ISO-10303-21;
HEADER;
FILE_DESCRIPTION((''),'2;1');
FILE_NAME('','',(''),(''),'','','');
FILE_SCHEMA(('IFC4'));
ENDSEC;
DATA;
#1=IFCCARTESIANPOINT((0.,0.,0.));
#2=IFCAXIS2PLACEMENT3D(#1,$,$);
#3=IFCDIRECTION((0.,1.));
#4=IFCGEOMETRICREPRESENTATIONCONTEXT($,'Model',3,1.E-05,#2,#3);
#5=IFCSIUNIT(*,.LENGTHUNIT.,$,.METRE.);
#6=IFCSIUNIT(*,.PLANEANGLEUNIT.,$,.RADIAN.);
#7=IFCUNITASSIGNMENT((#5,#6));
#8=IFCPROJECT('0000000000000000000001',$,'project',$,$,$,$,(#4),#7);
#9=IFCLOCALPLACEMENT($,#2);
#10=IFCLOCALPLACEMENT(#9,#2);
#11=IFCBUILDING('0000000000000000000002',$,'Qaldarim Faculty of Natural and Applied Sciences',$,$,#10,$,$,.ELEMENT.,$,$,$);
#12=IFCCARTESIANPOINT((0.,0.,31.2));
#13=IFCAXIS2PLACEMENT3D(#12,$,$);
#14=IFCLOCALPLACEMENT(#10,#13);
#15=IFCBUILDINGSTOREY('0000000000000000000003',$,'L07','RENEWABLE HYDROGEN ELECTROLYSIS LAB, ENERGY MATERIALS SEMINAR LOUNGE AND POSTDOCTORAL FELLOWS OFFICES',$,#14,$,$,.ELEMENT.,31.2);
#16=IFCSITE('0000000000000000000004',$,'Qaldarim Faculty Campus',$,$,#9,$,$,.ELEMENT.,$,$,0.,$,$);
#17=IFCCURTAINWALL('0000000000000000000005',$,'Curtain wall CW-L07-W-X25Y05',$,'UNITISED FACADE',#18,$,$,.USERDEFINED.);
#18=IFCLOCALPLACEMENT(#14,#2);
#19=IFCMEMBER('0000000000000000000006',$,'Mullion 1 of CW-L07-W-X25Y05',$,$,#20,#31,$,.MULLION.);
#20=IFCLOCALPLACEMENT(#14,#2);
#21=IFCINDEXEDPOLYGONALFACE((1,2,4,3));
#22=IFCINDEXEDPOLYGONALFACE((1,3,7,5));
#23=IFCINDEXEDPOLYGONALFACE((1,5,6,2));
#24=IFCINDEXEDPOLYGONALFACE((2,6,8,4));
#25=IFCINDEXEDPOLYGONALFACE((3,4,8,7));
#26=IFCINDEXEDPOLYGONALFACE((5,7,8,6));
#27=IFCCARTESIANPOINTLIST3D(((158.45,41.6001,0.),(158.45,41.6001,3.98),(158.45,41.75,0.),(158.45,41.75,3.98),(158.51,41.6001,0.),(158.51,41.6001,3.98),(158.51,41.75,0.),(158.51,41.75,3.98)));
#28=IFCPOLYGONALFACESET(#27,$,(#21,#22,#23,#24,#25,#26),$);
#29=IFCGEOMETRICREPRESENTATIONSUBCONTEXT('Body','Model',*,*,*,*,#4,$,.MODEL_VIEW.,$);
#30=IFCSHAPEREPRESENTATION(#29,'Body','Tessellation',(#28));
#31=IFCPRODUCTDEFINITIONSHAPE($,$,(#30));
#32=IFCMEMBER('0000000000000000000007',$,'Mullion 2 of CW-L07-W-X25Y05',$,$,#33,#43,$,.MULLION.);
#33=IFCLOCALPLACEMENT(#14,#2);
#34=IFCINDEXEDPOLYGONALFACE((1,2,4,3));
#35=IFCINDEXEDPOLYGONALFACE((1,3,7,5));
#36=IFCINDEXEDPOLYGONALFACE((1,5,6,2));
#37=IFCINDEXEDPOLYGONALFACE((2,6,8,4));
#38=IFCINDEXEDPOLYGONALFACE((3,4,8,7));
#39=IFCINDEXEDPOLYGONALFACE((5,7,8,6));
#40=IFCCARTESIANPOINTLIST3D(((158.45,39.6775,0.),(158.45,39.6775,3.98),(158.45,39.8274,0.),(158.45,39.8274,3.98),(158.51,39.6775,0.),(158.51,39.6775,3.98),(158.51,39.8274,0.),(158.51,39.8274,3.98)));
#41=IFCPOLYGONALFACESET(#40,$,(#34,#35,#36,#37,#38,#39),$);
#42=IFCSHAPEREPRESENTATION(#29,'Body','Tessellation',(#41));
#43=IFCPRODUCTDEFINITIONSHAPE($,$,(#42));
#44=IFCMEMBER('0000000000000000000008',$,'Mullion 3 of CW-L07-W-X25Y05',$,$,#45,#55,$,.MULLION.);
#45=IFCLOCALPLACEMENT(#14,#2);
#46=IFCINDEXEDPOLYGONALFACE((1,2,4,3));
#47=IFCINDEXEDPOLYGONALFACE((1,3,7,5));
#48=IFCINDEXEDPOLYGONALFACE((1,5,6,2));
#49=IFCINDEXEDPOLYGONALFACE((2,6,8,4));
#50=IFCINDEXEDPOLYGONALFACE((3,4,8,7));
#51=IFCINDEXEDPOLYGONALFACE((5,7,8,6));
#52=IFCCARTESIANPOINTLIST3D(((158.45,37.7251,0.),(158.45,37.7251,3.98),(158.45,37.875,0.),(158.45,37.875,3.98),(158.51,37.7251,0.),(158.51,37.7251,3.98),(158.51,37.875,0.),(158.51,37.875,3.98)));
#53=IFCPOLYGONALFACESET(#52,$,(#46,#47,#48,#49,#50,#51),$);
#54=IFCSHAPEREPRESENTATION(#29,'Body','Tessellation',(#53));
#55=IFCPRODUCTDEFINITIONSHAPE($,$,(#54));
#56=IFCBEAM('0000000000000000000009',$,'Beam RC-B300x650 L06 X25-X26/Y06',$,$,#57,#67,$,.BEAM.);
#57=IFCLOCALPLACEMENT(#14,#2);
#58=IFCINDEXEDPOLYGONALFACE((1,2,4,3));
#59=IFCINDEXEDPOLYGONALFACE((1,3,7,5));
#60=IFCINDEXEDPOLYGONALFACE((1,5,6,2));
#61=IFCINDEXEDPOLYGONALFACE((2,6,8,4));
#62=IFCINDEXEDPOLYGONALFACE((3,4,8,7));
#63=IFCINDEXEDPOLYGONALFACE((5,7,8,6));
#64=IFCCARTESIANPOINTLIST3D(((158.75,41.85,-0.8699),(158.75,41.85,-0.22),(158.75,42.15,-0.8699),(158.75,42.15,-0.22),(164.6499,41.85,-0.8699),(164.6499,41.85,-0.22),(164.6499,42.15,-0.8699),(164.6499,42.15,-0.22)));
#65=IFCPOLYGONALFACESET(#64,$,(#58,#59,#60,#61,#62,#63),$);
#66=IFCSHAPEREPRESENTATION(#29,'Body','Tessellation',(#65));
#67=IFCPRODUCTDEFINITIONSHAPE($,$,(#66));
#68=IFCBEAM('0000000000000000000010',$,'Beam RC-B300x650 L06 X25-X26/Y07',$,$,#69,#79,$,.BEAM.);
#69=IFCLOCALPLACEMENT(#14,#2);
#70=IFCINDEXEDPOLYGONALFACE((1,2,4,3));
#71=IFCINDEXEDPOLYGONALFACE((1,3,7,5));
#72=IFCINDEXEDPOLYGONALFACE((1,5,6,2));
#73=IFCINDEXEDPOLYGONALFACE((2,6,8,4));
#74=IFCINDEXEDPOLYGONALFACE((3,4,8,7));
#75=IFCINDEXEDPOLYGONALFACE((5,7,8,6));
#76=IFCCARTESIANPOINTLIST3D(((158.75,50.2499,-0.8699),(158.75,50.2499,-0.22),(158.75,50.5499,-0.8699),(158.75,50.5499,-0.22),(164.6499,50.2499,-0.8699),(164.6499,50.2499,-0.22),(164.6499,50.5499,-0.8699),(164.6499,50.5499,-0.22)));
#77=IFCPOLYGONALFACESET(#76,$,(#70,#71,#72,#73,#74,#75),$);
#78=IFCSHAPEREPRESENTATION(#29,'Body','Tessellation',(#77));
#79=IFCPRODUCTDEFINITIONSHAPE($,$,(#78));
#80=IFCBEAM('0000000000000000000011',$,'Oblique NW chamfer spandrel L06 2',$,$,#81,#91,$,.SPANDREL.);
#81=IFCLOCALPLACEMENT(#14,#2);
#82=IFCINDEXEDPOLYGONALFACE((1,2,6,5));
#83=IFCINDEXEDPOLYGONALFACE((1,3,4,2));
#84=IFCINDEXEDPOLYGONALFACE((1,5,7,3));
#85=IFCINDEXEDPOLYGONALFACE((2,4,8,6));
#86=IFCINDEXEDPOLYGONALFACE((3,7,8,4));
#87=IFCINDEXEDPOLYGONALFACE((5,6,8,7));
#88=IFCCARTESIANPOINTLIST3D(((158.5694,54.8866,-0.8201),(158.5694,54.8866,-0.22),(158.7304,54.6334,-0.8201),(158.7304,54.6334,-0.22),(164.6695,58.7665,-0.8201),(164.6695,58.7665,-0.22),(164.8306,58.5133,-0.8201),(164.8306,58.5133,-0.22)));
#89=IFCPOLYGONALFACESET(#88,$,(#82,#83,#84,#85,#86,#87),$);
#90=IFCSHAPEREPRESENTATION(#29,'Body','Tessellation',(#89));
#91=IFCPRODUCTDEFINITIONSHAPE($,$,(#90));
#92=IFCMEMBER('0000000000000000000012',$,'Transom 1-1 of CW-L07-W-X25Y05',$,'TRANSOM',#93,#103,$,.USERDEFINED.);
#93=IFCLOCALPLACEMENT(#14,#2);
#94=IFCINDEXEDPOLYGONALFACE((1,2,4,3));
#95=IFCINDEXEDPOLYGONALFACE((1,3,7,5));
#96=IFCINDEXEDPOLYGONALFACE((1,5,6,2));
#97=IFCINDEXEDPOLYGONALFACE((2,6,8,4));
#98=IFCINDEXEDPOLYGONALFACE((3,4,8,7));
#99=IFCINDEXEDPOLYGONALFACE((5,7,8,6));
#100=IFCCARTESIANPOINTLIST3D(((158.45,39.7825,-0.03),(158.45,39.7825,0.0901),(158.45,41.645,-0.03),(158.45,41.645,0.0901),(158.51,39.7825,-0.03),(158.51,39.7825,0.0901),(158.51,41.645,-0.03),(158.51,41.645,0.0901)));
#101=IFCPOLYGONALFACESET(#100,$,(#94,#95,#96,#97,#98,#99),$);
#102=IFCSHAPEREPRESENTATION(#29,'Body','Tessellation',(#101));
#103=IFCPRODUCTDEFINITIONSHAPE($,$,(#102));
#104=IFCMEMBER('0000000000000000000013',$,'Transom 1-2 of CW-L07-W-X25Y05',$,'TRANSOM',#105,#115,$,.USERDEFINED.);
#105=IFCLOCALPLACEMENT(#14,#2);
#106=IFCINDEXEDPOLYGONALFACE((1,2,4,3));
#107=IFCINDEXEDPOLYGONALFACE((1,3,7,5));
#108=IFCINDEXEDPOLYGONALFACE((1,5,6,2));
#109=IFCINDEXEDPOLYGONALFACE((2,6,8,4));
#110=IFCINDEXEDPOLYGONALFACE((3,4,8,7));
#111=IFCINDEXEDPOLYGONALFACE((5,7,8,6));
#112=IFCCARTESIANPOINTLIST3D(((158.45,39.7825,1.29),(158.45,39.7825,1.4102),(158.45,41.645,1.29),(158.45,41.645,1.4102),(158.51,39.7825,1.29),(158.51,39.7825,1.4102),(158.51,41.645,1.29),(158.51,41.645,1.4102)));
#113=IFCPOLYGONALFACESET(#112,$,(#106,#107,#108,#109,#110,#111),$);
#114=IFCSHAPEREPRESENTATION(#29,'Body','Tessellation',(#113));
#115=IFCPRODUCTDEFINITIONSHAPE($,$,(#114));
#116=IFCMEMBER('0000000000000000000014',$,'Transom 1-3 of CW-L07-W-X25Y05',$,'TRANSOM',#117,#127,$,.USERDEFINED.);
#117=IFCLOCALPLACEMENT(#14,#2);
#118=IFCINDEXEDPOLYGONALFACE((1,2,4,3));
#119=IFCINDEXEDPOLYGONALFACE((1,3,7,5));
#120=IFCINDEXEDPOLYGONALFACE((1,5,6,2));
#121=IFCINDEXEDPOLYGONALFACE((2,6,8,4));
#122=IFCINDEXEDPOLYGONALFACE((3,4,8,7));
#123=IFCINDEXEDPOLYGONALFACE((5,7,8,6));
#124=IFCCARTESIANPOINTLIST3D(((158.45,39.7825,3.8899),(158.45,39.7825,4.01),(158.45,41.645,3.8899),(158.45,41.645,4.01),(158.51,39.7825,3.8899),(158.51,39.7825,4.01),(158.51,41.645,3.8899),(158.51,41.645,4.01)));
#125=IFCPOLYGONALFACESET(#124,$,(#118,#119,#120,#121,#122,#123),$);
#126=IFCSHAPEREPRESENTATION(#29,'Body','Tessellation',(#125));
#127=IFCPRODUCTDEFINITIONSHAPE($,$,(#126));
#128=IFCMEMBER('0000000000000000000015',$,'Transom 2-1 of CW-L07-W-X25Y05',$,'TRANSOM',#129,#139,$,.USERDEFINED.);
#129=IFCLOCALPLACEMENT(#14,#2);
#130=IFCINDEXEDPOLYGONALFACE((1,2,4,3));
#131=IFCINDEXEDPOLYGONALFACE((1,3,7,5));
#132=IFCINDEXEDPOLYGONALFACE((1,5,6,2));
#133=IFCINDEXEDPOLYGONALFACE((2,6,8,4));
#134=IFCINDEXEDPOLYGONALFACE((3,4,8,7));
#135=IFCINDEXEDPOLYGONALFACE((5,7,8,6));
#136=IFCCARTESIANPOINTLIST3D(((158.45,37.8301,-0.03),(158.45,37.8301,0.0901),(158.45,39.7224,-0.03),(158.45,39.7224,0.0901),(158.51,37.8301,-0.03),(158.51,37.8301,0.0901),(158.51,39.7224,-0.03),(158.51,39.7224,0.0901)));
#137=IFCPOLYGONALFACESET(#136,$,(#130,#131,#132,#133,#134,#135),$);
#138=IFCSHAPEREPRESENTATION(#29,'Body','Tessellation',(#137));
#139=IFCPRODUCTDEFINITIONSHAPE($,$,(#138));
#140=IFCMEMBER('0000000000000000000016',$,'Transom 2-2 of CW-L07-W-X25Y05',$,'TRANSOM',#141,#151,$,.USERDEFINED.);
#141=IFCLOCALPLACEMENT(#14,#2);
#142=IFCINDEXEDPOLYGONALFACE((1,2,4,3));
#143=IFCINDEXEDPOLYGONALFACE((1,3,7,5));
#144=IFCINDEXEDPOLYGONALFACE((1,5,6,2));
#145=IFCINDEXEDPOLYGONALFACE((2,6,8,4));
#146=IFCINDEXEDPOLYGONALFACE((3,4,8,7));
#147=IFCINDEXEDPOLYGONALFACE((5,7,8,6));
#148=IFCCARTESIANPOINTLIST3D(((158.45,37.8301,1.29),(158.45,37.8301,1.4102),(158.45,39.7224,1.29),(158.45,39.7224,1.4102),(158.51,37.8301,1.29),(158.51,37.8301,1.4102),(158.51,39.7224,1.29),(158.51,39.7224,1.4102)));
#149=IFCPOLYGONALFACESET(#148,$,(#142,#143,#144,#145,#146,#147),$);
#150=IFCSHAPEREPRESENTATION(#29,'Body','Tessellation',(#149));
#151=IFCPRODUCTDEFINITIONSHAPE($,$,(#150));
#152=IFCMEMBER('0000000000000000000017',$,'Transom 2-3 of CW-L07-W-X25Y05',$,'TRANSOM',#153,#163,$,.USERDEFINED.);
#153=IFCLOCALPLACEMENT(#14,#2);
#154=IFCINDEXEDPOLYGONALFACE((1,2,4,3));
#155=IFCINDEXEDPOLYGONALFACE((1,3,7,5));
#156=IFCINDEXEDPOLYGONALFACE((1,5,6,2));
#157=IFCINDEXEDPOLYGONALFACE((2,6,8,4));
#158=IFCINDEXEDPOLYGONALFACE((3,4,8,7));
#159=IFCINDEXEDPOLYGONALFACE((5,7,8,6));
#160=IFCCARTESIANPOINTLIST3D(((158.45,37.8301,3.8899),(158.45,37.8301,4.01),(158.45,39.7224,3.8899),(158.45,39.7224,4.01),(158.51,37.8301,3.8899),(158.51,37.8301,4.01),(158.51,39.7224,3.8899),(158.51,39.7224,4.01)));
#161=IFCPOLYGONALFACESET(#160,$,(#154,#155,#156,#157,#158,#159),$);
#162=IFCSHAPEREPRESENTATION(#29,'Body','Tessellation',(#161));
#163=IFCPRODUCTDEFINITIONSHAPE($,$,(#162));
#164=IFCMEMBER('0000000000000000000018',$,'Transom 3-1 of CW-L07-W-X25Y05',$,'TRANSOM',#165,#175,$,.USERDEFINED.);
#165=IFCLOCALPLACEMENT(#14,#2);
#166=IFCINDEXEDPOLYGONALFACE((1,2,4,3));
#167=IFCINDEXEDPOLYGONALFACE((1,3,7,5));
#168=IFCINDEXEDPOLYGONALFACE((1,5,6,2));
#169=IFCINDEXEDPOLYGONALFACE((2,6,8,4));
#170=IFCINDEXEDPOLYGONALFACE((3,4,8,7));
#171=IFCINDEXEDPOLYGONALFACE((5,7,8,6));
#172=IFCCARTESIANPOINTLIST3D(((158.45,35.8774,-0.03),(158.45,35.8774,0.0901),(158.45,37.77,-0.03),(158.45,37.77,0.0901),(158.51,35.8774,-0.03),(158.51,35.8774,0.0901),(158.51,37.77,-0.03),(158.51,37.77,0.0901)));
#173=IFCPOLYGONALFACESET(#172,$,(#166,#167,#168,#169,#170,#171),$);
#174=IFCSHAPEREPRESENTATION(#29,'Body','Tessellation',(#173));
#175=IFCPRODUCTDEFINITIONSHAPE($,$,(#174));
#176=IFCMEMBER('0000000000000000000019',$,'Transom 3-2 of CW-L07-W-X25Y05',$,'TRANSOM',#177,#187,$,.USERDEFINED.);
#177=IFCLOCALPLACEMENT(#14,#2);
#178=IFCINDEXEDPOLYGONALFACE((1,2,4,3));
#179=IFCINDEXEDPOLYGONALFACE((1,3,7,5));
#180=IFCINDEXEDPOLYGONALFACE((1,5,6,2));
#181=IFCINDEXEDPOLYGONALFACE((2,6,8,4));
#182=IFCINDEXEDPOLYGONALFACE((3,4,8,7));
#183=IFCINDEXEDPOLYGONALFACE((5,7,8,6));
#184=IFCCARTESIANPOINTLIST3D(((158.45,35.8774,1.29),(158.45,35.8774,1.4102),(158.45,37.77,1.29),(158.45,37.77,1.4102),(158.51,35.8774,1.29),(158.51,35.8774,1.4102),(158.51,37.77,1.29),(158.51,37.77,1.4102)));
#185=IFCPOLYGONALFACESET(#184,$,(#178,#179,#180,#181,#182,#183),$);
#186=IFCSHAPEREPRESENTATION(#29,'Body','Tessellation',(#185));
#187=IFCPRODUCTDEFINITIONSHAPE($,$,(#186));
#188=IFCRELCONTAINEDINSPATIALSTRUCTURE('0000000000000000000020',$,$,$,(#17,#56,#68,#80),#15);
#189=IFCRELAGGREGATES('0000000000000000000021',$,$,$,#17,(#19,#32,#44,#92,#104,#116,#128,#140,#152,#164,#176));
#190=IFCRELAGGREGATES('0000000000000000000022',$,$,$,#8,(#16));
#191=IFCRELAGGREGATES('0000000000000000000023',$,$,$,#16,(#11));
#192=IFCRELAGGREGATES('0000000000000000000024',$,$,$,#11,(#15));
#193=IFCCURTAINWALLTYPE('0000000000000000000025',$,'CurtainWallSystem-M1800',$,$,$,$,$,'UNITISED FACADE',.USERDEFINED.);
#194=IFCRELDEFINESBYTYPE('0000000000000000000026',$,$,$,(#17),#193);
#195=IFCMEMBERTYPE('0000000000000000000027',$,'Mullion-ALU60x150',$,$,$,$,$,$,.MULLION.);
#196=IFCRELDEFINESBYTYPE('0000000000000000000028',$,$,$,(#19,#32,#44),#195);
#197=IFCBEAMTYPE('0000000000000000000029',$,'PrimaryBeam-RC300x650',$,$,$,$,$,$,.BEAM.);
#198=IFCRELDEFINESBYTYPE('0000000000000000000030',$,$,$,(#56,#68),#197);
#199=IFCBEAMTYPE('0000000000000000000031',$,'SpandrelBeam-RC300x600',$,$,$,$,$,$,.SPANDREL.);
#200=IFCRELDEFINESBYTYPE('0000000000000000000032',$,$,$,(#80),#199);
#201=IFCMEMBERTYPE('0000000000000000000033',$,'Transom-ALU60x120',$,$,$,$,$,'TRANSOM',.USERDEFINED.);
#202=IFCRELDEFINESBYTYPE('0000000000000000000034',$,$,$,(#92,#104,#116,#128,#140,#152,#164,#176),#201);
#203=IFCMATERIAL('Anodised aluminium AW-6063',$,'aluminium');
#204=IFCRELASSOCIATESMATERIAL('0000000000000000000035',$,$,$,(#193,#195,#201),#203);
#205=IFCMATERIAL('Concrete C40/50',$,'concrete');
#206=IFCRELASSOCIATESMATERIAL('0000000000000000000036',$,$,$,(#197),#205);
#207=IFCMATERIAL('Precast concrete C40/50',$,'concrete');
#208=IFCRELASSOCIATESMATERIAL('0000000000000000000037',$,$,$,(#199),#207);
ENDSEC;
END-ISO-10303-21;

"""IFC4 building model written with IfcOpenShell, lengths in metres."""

from ifc_helpers import new_model, si_unit, direction, frame, origin, origin_2d, place, context, subcontext, project, spatial, rectangle, extrude, material, material_profile, profile_set, type_object, element, aggregate, save


model = new_model("IFC4")

# Units and contexts
model_context = context("Model", 3, precision=1e-05, world=origin(), true_north=direction((0.0, 1.0)))
body_context = subcontext(model_context, "Body", "Model", "MODEL_VIEW")
ifc_project = project(units=[si_unit("LENGTHUNIT", "METRE"), si_unit("PLANEANGLEUNIT", "RADIAN")], contexts=[model_context])

# Site, building, storey
site_placement = place(None, origin())
site = spatial("IfcSite", under=ifc_project, at=site_placement, Name="Qaldarim Faculty Campus", CompositionType="ELEMENT", RefElevation=0.0)
building_placement = place(site_placement, origin())
building = spatial("IfcBuilding", under=site, at=building_placement, Name="Qaldarim Faculty of Natural and Applied Sciences", CompositionType="ELEMENT")
storey_placement = place(building_placement, frame((0.0, 0.0, 31.2)))
storey = spatial("IfcBuildingStorey", under=building, at=storey_placement, Name="L07", Description="RENEWABLE HYDROGEN ELECTROLYSIS LAB, ENERGY MATERIALS SEMINAR LOUNGE AND POSTDOCTORAL FELLOWS OFFICES", CompositionType="ELEMENT", Elevation=31.2)

# Curtain wall, members
ifc_material_1 = material(Name="Anodised aluminium AW-6063", Category="aluminium")
curtain_wall_type = type_object("IfcCurtainWallType", Name="CurtainWallSystem-M1800", ElementType="UNITISED FACADE", PredefinedType="USERDEFINED", material=ifc_material_1)
curtain_wall_placement = place(storey_placement, origin())
curtain_wall = element("IfcCurtainWall", 1, at=curtain_wall_placement, inside=storey, type_object=curtain_wall_type, Name="Curtain wall CW-L07-W-X25Y05", ObjectType="UNITISED FACADE", PredefinedType="USERDEFINED")
ifc_material_profile_1 = material_profile(ifc_material_1, rectangle(XDim=0.0601, YDim=0.1499, at=origin_2d()), Name="ALU-M60x150")
ifc_profile_set_1 = profile_set([ifc_material_profile_1], Name="Anodised aluminium AW-6063")
member_type_1 = type_object("IfcMemberType", Name="Mullion-ALU60x150", PredefinedType="MULLION", material=ifc_profile_set_1)
member_1_placement = place(storey_placement, frame((158.48, 41.675, 0.0), z_axis=(0.0, 0.0, 1.0), x_axis=(1.0, 0.0, 0.0)))
member_1 = element("IfcMember", 2, at=member_1_placement, type_object=member_type_1, Name="Mullion 1 of CW-L07-W-X25Y05", PredefinedType="MULLION", context=body_context, shape_type="SweptSolid", body=[
    extrude(rectangle(XDim=0.0601, YDim=0.1499, at=origin_2d()), origin(), (0.0, 0.0, 1.0), 3.98),
])
member_2_placement = place(storey_placement, frame((158.48, 39.7524, 0.0), z_axis=(0.0, 0.0, 1.0), x_axis=(1.0, 0.0, 0.0)))
member_2 = element("IfcMember", 3, at=member_2_placement, type_object=member_type_1, Name="Mullion 2 of CW-L07-W-X25Y05", PredefinedType="MULLION", context=body_context, shape_type="SweptSolid", body=[
    extrude(rectangle(XDim=0.0601, YDim=0.1499, at=origin_2d()), origin(), (0.0, 0.0, 1.0), 3.98),
])
member_3_placement = place(storey_placement, frame((158.48, 37.8, 0.0), z_axis=(0.0, 0.0, 1.0), x_axis=(1.0, 0.0, 0.0)))
member_3 = element("IfcMember", 4, at=member_3_placement, type_object=member_type_1, Name="Mullion 3 of CW-L07-W-X25Y05", PredefinedType="MULLION", context=body_context, shape_type="SweptSolid", body=[
    extrude(rectangle(XDim=0.0601, YDim=0.1499, at=origin_2d()), origin(), (0.0, 0.0, 1.0), 3.98),
])

# Beams
ifc_material_2 = material(Name="Concrete C40/50", Category="concrete")
ifc_material_profile_2 = material_profile(ifc_material_2, rectangle(XDim=0.3, YDim=0.6499, at=origin_2d()), Name="RC-B300x650")
ifc_profile_set_2 = profile_set([ifc_material_profile_2], Name="Concrete C40/50")
beam_type_1 = type_object("IfcBeamType", Name="PrimaryBeam-RC300x650", PredefinedType="BEAM", material=ifc_profile_set_2)
for number, where, z_axis, x_axis, name in (
    (5, (158.75, 42.0, -0.5449), (1.0, 0.0, 0.0), (0.0, 1.0, 0.0), "Beam RC-B300x650 L06 X25-X26/Y06"),
    (6, (158.75, 50.3999, -0.5449), (1.0, 0.0, 0.0), (0.0, 1.0, 0.0), "Beam RC-B300x650 L06 X25-X26/Y07"),
):
    element("IfcBeam", number, at=place(storey_placement, frame(where, z_axis=z_axis, x_axis=x_axis)), inside=storey, type_object=beam_type_1, Name=name, PredefinedType="BEAM", context=body_context, shape_type="SweptSolid", body=[
        extrude(rectangle(XDim=0.3, YDim=0.6499, at=origin_2d()), origin(), (0.0, 0.0, 1.0), 5.8999),
    ])
ifc_material_3 = material(Name="Precast concrete C40/50", Category="concrete")
ifc_material_profile_3 = material_profile(ifc_material_3, rectangle(XDim=0.3, YDim=0.6001, at=origin_2d()), Name="RC-SP300x600")
ifc_profile_set_3 = profile_set([ifc_material_profile_3], Name="Precast concrete C40/50")
beam_type_2 = type_object("IfcBeamType", Name="SpandrelBeam-RC300x600", PredefinedType="SPANDREL", material=ifc_profile_set_3)
beam_placement = place(storey_placement, frame((158.6499, 54.76, -0.52), z_axis=(0.843787, 0.536679, 0.0), x_axis=(-0.536679, 0.843787, 0.0)))
element("IfcBeam", 7, at=beam_placement, inside=storey, type_object=beam_type_2, Name="Oblique NW chamfer spandrel L06 2", PredefinedType="SPANDREL", context=body_context, shape_type="SweptSolid", body=[
    extrude(rectangle(XDim=0.3, YDim=0.6001, at=origin_2d()), origin(), (0.0, 0.0, 1.0), 7.2295),
])

# Members
ifc_material_profile_4 = material_profile(ifc_material_1, rectangle(XDim=0.0601, YDim=0.1201, at=origin_2d()), Name="ALU-T60x120")
ifc_profile_set_4 = profile_set([ifc_material_profile_4], Name="Anodised aluminium AW-6063")
member_type_2 = type_object("IfcMemberType", Name="Transom-ALU60x120", ElementType="TRANSOM", PredefinedType="USERDEFINED", material=ifc_profile_set_4)
member_4_placement = place(storey_placement, frame((158.48, 41.645, 0.03), z_axis=(0.0, -1.0, 0.0), x_axis=(1.0, 0.0, 0.0)))
member_4 = element("IfcMember", 8, at=member_4_placement, type_object=member_type_2, Name="Transom 1-1 of CW-L07-W-X25Y05", ObjectType="TRANSOM", PredefinedType="USERDEFINED", context=body_context, shape_type="SweptSolid", body=[
    extrude(rectangle(XDim=0.0601, YDim=0.1201, at=origin_2d()), origin(), (0.0, 0.0, 1.0), 1.8625),
])
member_5_placement = place(storey_placement, frame((158.48, 41.645, 1.3501), z_axis=(0.0, -1.0, 0.0), x_axis=(1.0, 0.0, 0.0)))
member_5 = element("IfcMember", 9, at=member_5_placement, type_object=member_type_2, Name="Transom 1-2 of CW-L07-W-X25Y05", ObjectType="TRANSOM", PredefinedType="USERDEFINED", context=body_context, shape_type="SweptSolid", body=[
    extrude(rectangle(XDim=0.0601, YDim=0.1201, at=origin_2d()), origin(), (0.0, 0.0, 1.0), 1.8625),
])
member_6_placement = place(storey_placement, frame((158.48, 41.645, 3.95), z_axis=(0.0, -1.0, 0.0), x_axis=(1.0, 0.0, 0.0)))
member_6 = element("IfcMember", 10, at=member_6_placement, type_object=member_type_2, Name="Transom 1-3 of CW-L07-W-X25Y05", ObjectType="TRANSOM", PredefinedType="USERDEFINED", context=body_context, shape_type="SweptSolid", body=[
    extrude(rectangle(XDim=0.0601, YDim=0.1201, at=origin_2d()), origin(), (0.0, 0.0, 1.0), 1.8625),
])
member_7_placement = place(storey_placement, frame((158.48, 39.7224, 0.03), z_axis=(0.0, -1.0, 0.0), x_axis=(1.0, 0.0, 0.0)))
member_7 = element("IfcMember", 11, at=member_7_placement, type_object=member_type_2, Name="Transom 2-1 of CW-L07-W-X25Y05", ObjectType="TRANSOM", PredefinedType="USERDEFINED", context=body_context, shape_type="SweptSolid", body=[
    extrude(rectangle(XDim=0.0601, YDim=0.1201, at=origin_2d()), origin(), (0.0, 0.0, 1.0), 1.8923),
])
member_8_placement = place(storey_placement, frame((158.48, 39.7224, 1.3501), z_axis=(0.0, -1.0, 0.0), x_axis=(1.0, 0.0, 0.0)))
member_8 = element("IfcMember", 12, at=member_8_placement, type_object=member_type_2, Name="Transom 2-2 of CW-L07-W-X25Y05", ObjectType="TRANSOM", PredefinedType="USERDEFINED", context=body_context, shape_type="SweptSolid", body=[
    extrude(rectangle(XDim=0.0601, YDim=0.1201, at=origin_2d()), origin(), (0.0, 0.0, 1.0), 1.8923),
])
member_9_placement = place(storey_placement, frame((158.48, 39.7224, 3.95), z_axis=(0.0, -1.0, 0.0), x_axis=(1.0, 0.0, 0.0)))
member_9 = element("IfcMember", 13, at=member_9_placement, type_object=member_type_2, Name="Transom 2-3 of CW-L07-W-X25Y05", ObjectType="TRANSOM", PredefinedType="USERDEFINED", context=body_context, shape_type="SweptSolid", body=[
    extrude(rectangle(XDim=0.0601, YDim=0.1201, at=origin_2d()), origin(), (0.0, 0.0, 1.0), 1.8923),
])
member_10_placement = place(storey_placement, frame((158.48, 37.77, 0.03), z_axis=(0.0, -1.0, 0.0), x_axis=(1.0, 0.0, 0.0)))
member_10 = element("IfcMember", 14, at=member_10_placement, type_object=member_type_2, Name="Transom 3-1 of CW-L07-W-X25Y05", ObjectType="TRANSOM", PredefinedType="USERDEFINED", context=body_context, shape_type="SweptSolid", body=[
    extrude(rectangle(XDim=0.0601, YDim=0.1201, at=origin_2d()), origin(), (0.0, 0.0, 1.0), 1.8926),
])
member_11_placement = place(storey_placement, frame((158.48, 37.77, 1.3501), z_axis=(0.0, -1.0, 0.0), x_axis=(1.0, 0.0, 0.0)))
member_11 = element("IfcMember", 15, at=member_11_placement, type_object=member_type_2, Name="Transom 3-2 of CW-L07-W-X25Y05", ObjectType="TRANSOM", PredefinedType="USERDEFINED", context=body_context, shape_type="SweptSolid", body=[
    extrude(rectangle(XDim=0.0601, YDim=0.1201, at=origin_2d()), origin(), (0.0, 0.0, 1.0), 1.8926),
])

aggregate(curtain_wall, [member_1, member_2, member_3, member_4, member_5, member_6, member_7, member_8, member_9, member_10, member_11])

save(model, "model.ifc")
